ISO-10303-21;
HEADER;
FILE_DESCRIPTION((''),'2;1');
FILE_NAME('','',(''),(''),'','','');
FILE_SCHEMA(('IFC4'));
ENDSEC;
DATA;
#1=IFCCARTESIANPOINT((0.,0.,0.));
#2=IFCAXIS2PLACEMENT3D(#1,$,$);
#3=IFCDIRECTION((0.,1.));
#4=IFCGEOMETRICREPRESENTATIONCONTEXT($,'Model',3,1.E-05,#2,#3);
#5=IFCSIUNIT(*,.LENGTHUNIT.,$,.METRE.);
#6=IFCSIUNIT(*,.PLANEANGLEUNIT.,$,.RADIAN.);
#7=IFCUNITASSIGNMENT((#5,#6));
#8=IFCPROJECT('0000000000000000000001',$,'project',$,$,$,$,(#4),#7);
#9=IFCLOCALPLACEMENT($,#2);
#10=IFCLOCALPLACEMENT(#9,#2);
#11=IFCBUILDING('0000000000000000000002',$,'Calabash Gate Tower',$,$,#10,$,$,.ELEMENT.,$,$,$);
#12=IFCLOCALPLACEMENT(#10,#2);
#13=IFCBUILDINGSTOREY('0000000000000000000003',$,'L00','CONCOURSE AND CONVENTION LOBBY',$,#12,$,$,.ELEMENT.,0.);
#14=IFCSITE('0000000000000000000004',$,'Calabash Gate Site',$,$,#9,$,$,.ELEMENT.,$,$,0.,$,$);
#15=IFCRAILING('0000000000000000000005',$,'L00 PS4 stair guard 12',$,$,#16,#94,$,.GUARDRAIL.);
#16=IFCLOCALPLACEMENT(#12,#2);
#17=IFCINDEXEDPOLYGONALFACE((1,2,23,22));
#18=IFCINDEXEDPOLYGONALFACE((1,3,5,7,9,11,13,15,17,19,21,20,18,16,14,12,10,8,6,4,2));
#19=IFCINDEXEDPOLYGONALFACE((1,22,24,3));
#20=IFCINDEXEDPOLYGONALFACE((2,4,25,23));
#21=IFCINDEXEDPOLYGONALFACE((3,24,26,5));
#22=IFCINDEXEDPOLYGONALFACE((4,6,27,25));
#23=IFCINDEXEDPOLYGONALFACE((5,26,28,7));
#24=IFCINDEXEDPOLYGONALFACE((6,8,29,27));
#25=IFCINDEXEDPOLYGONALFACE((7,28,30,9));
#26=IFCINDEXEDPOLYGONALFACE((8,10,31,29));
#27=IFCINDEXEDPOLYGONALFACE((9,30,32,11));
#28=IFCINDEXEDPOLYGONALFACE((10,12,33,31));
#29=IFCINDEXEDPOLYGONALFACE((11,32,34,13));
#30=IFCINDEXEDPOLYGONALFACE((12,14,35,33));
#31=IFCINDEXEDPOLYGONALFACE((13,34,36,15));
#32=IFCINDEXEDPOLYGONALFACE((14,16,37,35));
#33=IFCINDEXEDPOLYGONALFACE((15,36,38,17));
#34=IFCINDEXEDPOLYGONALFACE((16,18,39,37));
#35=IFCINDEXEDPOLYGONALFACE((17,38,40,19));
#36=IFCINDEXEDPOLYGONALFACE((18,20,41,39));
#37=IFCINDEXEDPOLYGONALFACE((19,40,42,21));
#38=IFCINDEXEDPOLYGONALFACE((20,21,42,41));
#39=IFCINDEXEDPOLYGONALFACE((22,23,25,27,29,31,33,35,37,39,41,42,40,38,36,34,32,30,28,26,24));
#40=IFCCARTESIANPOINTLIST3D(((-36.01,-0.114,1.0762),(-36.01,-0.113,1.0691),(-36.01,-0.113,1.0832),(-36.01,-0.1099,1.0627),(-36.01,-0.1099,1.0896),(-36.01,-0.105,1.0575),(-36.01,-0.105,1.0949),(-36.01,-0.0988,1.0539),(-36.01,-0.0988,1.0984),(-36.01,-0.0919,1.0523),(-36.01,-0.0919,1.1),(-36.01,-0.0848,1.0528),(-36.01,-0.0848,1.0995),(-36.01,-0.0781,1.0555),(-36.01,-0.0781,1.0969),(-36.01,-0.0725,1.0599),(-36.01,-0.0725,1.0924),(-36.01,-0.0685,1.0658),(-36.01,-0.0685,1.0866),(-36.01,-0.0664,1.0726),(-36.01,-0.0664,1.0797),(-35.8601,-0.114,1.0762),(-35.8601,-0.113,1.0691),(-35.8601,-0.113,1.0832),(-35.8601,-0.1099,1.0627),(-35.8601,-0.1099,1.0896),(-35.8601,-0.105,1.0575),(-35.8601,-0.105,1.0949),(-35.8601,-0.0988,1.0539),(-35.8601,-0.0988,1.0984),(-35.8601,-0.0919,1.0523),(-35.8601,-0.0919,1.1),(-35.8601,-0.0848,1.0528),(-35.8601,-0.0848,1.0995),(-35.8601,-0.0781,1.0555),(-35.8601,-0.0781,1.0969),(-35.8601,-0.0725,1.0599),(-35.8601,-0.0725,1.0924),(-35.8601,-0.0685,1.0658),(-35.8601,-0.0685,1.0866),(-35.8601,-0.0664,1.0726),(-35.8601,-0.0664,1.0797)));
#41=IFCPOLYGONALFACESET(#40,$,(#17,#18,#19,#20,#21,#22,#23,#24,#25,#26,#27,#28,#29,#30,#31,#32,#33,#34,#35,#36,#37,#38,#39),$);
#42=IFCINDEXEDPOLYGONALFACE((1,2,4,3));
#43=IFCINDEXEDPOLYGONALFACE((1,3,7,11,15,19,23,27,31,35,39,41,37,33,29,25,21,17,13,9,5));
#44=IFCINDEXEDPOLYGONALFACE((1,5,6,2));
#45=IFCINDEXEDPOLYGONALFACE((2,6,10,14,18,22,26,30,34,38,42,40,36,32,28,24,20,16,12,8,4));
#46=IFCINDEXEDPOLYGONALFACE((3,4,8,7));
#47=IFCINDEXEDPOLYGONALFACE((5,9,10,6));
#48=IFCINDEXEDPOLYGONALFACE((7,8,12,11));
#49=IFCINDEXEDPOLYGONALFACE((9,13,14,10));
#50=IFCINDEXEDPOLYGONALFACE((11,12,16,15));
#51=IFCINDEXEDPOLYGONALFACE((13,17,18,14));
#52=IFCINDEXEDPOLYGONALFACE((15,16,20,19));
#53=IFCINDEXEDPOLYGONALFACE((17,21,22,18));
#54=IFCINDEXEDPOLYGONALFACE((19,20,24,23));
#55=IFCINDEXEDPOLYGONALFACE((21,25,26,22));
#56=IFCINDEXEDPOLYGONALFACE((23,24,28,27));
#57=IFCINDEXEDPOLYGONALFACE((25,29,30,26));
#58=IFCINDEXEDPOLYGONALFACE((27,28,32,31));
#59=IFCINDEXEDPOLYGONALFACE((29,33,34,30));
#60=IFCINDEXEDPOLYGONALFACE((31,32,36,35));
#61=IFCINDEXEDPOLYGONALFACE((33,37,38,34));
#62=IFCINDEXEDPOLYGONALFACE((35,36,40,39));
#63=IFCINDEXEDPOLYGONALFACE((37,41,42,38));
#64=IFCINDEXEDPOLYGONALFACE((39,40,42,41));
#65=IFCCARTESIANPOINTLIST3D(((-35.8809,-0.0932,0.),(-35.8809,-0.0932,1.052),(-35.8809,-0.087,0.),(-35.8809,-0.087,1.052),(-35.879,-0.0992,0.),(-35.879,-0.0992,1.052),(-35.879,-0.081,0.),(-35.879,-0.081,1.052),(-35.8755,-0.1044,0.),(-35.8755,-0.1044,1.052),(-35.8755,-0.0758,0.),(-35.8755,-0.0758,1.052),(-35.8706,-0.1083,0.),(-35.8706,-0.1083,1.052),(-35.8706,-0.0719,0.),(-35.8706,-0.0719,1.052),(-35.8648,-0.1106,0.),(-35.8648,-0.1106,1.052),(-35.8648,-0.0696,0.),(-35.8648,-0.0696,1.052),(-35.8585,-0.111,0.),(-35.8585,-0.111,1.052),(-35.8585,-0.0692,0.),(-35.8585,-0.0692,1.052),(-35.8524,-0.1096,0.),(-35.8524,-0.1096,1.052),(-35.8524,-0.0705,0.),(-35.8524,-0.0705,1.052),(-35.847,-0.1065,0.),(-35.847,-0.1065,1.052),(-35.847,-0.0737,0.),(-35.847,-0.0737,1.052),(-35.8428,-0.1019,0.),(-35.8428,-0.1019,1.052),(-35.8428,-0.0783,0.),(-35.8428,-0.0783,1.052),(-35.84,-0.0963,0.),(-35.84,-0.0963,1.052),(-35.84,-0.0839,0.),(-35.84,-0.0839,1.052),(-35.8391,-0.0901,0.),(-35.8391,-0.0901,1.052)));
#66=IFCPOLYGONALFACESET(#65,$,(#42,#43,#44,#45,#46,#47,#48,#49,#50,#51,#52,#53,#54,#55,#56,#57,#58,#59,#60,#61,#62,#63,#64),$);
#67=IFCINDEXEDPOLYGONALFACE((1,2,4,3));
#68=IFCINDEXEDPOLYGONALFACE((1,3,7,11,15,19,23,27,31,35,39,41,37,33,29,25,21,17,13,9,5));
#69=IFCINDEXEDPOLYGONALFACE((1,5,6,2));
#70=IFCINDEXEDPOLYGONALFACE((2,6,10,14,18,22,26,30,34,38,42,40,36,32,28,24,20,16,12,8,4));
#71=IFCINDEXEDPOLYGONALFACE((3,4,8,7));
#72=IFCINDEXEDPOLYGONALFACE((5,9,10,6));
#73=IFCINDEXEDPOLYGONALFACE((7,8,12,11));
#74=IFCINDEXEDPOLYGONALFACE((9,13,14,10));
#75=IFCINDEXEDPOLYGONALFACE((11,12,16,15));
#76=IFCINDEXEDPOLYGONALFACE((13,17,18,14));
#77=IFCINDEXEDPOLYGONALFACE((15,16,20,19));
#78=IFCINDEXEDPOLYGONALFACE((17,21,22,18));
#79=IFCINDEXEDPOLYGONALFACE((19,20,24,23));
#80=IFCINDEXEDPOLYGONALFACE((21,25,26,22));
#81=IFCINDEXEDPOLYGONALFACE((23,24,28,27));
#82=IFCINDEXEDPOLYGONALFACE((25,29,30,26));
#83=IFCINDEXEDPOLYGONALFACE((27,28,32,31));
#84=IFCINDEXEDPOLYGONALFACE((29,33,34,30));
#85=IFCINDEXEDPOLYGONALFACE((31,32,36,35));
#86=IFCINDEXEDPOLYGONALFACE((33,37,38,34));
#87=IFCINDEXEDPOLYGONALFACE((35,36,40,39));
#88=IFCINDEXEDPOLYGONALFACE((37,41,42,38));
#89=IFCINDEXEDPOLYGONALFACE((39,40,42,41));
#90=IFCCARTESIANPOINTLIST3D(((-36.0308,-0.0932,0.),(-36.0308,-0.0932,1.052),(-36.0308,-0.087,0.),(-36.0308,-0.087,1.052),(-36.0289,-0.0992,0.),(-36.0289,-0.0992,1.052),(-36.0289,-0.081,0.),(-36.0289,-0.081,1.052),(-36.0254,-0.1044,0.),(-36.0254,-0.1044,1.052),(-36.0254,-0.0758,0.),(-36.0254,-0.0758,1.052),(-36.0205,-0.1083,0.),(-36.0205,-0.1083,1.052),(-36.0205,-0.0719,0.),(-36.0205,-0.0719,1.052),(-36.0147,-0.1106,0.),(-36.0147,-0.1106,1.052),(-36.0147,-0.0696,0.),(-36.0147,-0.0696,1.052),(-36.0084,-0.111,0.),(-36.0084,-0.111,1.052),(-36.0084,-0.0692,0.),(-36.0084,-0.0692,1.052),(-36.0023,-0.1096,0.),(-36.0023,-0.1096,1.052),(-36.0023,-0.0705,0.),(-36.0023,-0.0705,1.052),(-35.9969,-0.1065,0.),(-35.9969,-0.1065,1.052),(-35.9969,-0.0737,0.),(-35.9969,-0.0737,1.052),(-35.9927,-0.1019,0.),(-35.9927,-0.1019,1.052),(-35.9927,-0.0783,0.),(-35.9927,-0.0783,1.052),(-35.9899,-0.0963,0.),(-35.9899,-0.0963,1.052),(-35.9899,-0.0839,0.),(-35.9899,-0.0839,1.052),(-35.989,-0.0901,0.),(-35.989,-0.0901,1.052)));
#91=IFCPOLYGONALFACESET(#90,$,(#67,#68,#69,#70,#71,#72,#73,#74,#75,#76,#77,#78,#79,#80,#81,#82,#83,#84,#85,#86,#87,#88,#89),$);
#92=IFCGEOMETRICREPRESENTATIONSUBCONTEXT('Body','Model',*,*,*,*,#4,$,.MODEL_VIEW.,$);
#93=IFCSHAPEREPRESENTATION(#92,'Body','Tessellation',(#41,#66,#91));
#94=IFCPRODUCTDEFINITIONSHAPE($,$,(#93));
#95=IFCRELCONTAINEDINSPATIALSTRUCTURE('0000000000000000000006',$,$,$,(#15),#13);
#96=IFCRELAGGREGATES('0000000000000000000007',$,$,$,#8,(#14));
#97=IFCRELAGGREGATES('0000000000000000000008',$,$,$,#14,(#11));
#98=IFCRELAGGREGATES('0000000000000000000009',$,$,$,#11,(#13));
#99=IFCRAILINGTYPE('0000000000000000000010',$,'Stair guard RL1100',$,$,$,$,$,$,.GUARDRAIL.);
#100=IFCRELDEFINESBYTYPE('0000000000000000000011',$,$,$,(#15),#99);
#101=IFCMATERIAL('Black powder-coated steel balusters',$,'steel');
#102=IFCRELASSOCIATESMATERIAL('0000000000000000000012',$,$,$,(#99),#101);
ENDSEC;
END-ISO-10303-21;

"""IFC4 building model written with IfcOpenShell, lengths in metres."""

from ifc_helpers import new_model, si_unit, direction, frame, origin, origin_2d, place, context, subcontext, project, spatial, circle, extrude, material, type_object, element, save


model = new_model("IFC4")

# Units and contexts
model_context = context("Model", 3, precision=1e-05, world=origin(), true_north=direction((0.0, 1.0)))
body_context = subcontext(model_context, "Body", "Model", "MODEL_VIEW")
ifc_project = project(units=[si_unit("LENGTHUNIT", "METRE"), si_unit("PLANEANGLEUNIT", "RADIAN")], contexts=[model_context])

# Site, building, storey
site_placement = place(None, origin())
site = spatial("IfcSite", under=ifc_project, at=site_placement, Name="Calabash Gate Site", CompositionType="ELEMENT", RefElevation=0.0)
building_placement = place(site_placement, origin())
building = spatial("IfcBuilding", under=site, at=building_placement, Name="Calabash Gate Tower", CompositionType="ELEMENT")
storey_placement = place(building_placement, origin())
storey = spatial("IfcBuildingStorey", under=building, at=storey_placement, Name="L00", Description="CONCOURSE AND CONVENTION LOBBY", CompositionType="ELEMENT", Elevation=0.0)

# Railing
ifc_material_1 = material(Name="Black powder-coated steel balusters", Category="steel")
railing_type_1 = type_object("IfcRailingType", Name="Stair guard RL1100", PredefinedType="GUARDRAIL", material=ifc_material_1)
railing_1_placement = place(storey_placement, frame((-35.8601, -0.0901, 0.0)))
element("IfcRailing", 1, at=railing_1_placement, inside=storey, type_object=railing_type_1, Name="L00 PS4 stair guard 12", PredefinedType="GUARDRAIL", context=body_context, shape_type="SweptSolid", body=[
    extrude(circle(Radius=0.0239, at=origin_2d()), frame((0.0, 0.0, 1.0762), z_axis=(-1.0, 0.0, 0.0), x_axis=(0.0, -1.0, 0.0)), (0.0, 0.0, 1.0), 0.1499),
    extrude(circle(Radius=0.021, at=origin_2d()), origin(), (0.0, 0.0, 1.0), 1.052),
    extrude(circle(Radius=0.021, at=origin_2d()), frame((-0.1499, 0.0, 0.0)), (0.0, 0.0, 1.0), 1.052),
])

save(model, "model.ifc")
